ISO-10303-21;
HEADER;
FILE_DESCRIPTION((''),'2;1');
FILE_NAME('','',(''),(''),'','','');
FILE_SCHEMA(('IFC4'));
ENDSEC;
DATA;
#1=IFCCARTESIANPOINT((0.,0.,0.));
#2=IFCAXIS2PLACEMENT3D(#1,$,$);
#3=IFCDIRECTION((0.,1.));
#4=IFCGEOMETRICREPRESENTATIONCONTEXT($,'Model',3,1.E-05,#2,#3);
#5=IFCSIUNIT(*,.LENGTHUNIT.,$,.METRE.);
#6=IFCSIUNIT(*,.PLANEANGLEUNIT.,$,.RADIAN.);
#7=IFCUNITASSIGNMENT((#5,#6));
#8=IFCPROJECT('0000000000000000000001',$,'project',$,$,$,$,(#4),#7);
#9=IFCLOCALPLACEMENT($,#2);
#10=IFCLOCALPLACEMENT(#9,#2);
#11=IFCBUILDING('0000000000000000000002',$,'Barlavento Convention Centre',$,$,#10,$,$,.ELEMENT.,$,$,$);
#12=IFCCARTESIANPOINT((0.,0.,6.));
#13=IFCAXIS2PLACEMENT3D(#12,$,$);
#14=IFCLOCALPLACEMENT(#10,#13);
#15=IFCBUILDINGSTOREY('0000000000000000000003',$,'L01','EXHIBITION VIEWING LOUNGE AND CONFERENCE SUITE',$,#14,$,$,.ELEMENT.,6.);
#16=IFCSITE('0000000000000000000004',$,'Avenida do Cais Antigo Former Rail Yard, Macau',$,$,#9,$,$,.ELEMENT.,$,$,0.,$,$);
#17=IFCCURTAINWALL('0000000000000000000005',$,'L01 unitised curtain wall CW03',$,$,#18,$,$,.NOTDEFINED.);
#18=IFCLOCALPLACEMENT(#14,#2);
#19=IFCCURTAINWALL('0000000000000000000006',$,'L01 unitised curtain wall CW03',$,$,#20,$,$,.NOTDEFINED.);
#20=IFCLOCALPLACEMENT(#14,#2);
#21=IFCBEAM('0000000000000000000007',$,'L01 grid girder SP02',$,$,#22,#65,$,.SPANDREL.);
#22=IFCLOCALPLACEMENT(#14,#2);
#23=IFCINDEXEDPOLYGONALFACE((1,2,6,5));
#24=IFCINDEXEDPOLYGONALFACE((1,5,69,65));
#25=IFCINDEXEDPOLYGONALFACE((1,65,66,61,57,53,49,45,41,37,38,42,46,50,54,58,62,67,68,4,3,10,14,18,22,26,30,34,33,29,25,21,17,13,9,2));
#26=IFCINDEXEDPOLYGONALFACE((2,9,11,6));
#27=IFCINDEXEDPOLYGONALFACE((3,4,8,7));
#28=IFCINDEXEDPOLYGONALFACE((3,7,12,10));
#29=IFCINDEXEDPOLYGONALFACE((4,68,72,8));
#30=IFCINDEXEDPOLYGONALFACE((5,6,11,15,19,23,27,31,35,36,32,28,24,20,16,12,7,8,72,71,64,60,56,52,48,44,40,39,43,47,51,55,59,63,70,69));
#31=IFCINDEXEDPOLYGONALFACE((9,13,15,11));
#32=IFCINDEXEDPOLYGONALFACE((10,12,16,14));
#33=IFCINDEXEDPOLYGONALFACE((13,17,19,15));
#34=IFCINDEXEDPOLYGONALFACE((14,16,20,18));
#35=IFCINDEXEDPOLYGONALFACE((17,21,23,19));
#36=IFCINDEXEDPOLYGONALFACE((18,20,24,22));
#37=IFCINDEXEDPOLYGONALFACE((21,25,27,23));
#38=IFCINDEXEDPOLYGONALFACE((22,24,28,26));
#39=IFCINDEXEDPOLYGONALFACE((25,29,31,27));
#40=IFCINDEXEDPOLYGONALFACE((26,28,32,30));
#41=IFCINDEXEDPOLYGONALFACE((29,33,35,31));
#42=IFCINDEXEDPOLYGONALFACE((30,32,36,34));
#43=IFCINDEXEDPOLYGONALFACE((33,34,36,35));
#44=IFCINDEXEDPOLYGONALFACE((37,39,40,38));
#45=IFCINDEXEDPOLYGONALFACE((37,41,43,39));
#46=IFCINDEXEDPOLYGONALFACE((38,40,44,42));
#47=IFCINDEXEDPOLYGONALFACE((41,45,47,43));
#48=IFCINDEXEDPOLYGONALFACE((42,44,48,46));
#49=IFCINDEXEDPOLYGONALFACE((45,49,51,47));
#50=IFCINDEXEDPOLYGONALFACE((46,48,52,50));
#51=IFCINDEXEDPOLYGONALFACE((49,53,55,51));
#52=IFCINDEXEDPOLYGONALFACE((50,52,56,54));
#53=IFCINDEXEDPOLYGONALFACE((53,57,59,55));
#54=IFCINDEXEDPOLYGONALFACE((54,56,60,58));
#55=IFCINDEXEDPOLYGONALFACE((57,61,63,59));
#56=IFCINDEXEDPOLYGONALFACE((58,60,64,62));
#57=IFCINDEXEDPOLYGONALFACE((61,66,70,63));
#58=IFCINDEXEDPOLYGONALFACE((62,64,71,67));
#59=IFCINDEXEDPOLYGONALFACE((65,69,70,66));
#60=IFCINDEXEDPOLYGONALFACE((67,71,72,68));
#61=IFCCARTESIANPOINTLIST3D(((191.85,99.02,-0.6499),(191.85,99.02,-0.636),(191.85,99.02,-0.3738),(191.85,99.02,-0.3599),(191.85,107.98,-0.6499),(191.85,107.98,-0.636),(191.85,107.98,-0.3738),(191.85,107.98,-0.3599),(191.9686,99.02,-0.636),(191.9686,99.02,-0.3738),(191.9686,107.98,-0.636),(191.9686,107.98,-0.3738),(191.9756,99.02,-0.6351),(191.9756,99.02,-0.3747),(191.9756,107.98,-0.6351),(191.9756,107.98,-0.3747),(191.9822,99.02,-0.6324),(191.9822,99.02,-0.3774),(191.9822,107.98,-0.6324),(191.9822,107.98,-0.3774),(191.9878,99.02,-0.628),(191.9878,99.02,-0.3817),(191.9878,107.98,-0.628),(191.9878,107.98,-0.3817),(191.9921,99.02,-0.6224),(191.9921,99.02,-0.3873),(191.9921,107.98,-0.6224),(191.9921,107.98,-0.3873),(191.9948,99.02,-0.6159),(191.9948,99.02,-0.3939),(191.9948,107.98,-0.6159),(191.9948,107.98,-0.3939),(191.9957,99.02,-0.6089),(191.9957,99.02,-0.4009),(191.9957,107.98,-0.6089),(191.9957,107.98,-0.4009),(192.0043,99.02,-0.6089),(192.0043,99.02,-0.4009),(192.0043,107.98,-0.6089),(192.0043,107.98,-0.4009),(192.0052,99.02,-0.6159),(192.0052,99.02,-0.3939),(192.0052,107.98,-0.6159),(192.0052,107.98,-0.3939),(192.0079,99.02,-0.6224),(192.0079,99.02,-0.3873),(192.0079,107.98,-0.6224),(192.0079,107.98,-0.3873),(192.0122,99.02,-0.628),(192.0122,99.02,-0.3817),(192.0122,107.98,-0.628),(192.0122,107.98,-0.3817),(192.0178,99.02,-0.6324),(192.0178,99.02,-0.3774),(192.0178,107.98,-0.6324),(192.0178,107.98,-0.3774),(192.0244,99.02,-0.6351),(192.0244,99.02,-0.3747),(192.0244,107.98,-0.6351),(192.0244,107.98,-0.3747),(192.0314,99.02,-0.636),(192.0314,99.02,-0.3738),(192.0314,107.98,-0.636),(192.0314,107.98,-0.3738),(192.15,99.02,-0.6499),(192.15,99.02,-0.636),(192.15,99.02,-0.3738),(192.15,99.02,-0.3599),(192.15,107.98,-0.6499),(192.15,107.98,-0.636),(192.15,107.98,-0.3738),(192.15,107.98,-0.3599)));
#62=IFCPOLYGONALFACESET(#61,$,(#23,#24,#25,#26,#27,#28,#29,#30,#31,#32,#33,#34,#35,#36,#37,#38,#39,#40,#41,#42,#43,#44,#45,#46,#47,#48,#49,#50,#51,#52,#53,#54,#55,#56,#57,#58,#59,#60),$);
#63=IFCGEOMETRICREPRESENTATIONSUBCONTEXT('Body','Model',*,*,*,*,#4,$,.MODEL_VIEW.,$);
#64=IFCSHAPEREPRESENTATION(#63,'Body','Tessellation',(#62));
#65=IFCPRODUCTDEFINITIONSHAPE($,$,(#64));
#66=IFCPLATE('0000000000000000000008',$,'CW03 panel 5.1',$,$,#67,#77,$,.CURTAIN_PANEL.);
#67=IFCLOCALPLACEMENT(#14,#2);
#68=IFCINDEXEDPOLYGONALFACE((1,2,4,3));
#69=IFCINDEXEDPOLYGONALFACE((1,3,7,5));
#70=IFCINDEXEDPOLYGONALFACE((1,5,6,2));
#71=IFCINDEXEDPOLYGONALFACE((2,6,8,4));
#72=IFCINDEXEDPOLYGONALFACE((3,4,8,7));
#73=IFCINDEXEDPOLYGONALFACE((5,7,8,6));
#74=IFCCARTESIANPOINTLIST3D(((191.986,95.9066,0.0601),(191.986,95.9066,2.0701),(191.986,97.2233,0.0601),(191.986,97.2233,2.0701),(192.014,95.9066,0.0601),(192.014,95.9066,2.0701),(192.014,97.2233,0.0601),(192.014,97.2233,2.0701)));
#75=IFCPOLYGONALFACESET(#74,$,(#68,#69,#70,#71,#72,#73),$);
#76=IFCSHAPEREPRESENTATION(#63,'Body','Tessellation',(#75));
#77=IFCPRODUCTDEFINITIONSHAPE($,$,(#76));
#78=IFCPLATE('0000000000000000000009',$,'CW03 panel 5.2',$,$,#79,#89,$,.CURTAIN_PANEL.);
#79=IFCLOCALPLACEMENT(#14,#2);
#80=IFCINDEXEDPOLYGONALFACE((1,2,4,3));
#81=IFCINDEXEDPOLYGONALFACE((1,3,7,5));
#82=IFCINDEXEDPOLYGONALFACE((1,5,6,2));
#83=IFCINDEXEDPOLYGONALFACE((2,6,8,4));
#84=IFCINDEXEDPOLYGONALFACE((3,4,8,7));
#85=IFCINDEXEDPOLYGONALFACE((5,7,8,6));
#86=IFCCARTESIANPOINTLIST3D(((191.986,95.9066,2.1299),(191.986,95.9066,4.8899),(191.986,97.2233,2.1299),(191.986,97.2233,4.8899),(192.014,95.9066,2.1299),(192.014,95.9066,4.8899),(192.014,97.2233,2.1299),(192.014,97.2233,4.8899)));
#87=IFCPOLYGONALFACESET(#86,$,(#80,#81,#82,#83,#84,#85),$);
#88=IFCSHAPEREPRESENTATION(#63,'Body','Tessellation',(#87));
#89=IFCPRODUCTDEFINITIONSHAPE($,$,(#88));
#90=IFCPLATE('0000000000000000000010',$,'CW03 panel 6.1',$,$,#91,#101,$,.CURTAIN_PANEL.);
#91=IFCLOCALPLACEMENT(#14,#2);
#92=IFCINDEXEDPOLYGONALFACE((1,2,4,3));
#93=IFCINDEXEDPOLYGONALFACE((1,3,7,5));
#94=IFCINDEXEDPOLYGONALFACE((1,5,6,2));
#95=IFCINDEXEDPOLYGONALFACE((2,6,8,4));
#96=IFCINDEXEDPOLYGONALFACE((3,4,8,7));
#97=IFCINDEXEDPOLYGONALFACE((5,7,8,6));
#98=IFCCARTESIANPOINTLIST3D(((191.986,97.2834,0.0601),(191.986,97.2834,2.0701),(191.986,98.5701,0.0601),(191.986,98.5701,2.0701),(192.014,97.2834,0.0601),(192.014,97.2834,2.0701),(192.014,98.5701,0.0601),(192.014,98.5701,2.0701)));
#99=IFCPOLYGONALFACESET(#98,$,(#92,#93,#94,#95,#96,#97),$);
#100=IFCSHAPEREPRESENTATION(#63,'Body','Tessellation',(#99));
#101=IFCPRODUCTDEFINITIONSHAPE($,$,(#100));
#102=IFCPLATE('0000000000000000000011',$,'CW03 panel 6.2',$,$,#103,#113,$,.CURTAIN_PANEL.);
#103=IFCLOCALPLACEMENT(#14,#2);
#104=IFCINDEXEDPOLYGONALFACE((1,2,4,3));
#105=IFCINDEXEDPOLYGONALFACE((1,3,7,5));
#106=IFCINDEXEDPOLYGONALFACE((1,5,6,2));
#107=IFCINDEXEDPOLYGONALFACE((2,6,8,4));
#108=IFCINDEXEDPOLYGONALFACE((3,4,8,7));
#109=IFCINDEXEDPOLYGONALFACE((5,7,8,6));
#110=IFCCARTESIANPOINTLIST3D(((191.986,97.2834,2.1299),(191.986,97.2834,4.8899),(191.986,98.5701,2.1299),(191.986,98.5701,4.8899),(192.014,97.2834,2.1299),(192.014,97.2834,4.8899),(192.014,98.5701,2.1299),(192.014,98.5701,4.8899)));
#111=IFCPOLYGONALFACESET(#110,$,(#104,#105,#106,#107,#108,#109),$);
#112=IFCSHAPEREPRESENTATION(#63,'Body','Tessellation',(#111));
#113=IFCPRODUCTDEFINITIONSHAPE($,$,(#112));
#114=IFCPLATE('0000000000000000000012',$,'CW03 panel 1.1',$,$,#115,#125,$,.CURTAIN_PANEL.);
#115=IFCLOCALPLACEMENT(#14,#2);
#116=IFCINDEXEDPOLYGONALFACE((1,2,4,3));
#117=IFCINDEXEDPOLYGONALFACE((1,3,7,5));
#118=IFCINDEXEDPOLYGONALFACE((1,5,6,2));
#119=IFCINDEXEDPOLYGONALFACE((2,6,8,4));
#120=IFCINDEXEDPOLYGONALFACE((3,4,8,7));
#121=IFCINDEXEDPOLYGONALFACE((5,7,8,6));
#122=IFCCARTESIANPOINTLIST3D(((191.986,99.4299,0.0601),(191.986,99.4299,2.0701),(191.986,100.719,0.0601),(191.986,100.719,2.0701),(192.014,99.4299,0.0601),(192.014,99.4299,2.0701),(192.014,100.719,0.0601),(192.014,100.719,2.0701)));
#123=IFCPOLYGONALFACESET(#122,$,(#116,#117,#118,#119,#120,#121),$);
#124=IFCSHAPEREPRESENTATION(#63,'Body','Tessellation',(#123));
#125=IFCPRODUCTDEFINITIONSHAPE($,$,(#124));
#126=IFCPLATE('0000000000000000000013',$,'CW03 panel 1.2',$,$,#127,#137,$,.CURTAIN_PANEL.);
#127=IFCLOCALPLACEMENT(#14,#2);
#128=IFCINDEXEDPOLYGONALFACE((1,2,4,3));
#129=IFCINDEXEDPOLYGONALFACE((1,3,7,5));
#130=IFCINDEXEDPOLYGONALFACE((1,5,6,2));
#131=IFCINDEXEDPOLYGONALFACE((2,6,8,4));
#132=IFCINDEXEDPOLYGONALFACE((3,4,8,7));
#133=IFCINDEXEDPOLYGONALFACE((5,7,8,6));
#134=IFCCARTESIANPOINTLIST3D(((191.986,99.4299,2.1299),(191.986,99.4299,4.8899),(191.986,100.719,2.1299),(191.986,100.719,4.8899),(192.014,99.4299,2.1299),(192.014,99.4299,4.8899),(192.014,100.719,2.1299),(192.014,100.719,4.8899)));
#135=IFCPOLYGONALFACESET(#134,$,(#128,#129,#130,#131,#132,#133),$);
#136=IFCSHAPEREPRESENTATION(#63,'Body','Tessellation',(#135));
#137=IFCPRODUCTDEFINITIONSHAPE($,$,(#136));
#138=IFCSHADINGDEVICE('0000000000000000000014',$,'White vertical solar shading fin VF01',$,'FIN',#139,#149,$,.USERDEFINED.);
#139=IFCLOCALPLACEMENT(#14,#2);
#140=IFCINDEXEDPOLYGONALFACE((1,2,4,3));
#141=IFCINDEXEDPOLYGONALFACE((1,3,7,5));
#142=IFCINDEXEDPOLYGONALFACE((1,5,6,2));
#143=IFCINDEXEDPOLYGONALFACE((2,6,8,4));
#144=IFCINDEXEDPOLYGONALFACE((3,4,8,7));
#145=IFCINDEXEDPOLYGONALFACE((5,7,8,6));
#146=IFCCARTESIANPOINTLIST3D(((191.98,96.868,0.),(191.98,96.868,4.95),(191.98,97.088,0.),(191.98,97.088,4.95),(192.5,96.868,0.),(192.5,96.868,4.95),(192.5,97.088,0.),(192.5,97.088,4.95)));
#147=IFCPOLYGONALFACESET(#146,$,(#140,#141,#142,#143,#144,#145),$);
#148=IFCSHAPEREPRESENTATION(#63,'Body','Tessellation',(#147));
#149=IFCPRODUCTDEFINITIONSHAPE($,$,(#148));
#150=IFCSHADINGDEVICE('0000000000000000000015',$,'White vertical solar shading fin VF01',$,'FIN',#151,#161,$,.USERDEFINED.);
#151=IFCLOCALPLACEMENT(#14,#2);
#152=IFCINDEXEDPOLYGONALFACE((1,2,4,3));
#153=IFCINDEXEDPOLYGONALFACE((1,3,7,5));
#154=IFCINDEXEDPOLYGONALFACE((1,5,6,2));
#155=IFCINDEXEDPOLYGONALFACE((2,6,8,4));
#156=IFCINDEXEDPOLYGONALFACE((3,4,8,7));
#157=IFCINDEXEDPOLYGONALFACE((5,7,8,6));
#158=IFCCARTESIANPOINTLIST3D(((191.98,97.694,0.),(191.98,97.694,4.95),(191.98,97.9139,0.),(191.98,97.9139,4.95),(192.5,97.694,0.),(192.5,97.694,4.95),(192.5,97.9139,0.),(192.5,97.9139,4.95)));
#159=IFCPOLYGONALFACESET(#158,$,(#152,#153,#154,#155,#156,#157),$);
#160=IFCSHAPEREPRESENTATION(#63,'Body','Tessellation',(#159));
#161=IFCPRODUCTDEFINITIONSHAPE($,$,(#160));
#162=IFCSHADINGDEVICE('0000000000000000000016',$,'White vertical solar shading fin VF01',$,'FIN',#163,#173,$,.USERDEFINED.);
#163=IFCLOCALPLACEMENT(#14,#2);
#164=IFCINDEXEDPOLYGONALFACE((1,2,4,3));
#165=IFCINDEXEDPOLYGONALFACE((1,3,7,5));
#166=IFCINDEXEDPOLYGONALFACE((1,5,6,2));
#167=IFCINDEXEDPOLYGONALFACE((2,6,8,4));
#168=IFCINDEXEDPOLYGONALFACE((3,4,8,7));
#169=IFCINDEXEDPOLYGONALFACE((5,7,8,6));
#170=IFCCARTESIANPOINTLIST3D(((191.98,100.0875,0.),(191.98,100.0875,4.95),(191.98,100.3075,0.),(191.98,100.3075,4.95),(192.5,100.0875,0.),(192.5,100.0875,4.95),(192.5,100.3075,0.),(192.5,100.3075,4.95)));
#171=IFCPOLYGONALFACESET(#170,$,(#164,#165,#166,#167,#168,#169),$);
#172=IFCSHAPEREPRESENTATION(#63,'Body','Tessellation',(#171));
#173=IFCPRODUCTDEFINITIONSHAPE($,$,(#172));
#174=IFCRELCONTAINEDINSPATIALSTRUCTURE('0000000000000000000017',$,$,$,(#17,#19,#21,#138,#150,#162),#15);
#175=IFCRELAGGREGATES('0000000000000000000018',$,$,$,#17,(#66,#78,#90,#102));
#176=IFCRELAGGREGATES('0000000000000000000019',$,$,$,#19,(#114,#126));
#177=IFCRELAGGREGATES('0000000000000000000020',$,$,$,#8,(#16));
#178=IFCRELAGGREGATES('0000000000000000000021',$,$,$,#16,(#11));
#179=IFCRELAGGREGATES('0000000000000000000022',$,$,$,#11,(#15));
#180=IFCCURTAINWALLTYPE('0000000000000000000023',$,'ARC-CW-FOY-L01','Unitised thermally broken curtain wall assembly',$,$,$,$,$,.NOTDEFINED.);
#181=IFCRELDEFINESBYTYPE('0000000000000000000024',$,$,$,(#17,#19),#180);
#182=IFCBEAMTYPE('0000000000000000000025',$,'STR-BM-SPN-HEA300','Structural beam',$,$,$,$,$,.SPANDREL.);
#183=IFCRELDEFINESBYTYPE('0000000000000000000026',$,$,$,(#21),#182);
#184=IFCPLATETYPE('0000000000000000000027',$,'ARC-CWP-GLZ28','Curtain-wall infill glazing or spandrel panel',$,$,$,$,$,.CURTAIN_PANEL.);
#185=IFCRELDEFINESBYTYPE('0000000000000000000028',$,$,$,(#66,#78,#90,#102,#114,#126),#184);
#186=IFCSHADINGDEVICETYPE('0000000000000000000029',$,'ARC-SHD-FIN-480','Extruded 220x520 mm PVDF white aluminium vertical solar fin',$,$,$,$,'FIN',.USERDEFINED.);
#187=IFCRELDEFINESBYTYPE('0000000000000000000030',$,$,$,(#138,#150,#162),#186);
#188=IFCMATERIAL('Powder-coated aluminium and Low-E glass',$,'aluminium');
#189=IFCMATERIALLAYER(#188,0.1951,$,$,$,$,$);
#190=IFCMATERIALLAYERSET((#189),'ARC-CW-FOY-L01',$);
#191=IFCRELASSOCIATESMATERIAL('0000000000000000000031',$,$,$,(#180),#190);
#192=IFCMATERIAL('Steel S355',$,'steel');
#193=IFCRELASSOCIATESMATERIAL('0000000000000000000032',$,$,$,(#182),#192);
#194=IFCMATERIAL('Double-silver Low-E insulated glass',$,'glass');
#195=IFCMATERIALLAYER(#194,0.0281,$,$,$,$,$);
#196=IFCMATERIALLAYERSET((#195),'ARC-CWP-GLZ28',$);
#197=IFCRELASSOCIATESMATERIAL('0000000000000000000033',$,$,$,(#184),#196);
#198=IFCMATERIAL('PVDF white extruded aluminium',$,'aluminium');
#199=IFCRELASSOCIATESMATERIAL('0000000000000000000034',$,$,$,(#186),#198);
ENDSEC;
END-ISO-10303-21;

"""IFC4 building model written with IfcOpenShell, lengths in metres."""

from ifc_helpers import new_model, si_unit, direction, frame, origin, origin_2d, place, context, subcontext, project, spatial, rectangle, i_section, extrude, material, layer, layer_set, material_profile, profile_set, type_object, element, aggregate, save


model = new_model("IFC4")

# Units and contexts
model_context = context("Model", 3, precision=1e-05, world=origin(), true_north=direction((0.0, 1.0)))
body_context = subcontext(model_context, "Body", "Model", "MODEL_VIEW")
ifc_project = project(units=[si_unit("LENGTHUNIT", "METRE"), si_unit("PLANEANGLEUNIT", "RADIAN")], contexts=[model_context])

# Site, building, storey
site_placement = place(None, origin())
site = spatial("IfcSite", under=ifc_project, at=site_placement, Name="Avenida do Cais Antigo Former Rail Yard, Macau", CompositionType="ELEMENT", RefElevation=0.0)
building_placement = place(site_placement, origin())
building = spatial("IfcBuilding", under=site, at=building_placement, Name="Barlavento Convention Centre", CompositionType="ELEMENT")
storey_placement = place(building_placement, frame((0.0, 0.0, 6.0)))
storey = spatial("IfcBuildingStorey", under=building, at=storey_placement, Name="L01", Description="EXHIBITION VIEWING LOUNGE AND CONFERENCE SUITE", CompositionType="ELEMENT", Elevation=6.0)

# Curtain walls
ifc_material_1 = material(Name="Powder-coated aluminium and Low-E glass", Category="aluminium")
ifc_layer_1 = layer(ifc_material_1, 0.1951)
ifc_layer_set_1 = layer_set([ifc_layer_1], Name="ARC-CW-FOY-L01")
curtain_wall_type = type_object("IfcCurtainWallType", Name="ARC-CW-FOY-L01", Description="Unitised thermally broken curtain wall assembly", PredefinedType="NOTDEFINED", material=ifc_layer_set_1)
curtain_wall_1_placement = place(storey_placement, origin())
curtain_wall_1 = element("IfcCurtainWall", 1, at=curtain_wall_1_placement, inside=storey, type_object=curtain_wall_type, Name="L01 unitised curtain wall CW03", PredefinedType="NOTDEFINED")
curtain_wall_2_placement = place(storey_placement, origin())
curtain_wall_2 = element("IfcCurtainWall", 2, at=curtain_wall_2_placement, inside=storey, type_object=curtain_wall_type, Name="L01 unitised curtain wall CW03", PredefinedType="NOTDEFINED")

# Beam
ifc_material_2 = material(Name="Steel S355", Category="steel")
ifc_material_profile_1 = material_profile(ifc_material_2, i_section(OverallWidth=0.3, OverallDepth=0.29, WebThickness=0.0085, FlangeThickness=0.0139, FilletRadius=0.0271, at=origin_2d()), Name="HEA 300")
ifc_profile_set_1 = profile_set([ifc_material_profile_1], Name="Steel S355")
beam_type = type_object("IfcBeamType", Name="STR-BM-SPN-HEA300", Description="Structural beam", PredefinedType="SPANDREL", material=ifc_profile_set_1)
beam_placement = place(storey_placement, frame((192.0, 99.02, -0.5049), z_axis=(0.0, 1.0, 0.0), x_axis=(-1.0, 0.0, 0.0)))
element("IfcBeam", 3, at=beam_placement, inside=storey, type_object=beam_type, Name="L01 grid girder SP02", PredefinedType="SPANDREL", context=body_context, shape_type="SweptSolid", body=[
    extrude(i_section(OverallWidth=0.3, OverallDepth=0.29, WebThickness=0.0085, FlangeThickness=0.0139, FilletRadius=0.0271, at=origin_2d()), origin(), (0.0, 0.0, 1.0), 8.96),
])

# Plates
ifc_material_3 = material(Name="Double-silver Low-E insulated glass", Category="glass")
ifc_layer_2 = layer(ifc_material_3, 0.0281)
ifc_layer_set_2 = layer_set([ifc_layer_2], Name="ARC-CWP-GLZ28")
plate_type = type_object("IfcPlateType", Name="ARC-CWP-GLZ28", Description="Curtain-wall infill glazing or spandrel panel", PredefinedType="CURTAIN_PANEL", material=ifc_layer_set_2)
plate_1_placement = place(storey_placement, frame((192.0, 96.5649, 0.0601), z_axis=(0.0, 0.0, 1.0), x_axis=(0.0, 1.0, 0.0)))
plate_1 = element("IfcPlate", 4, at=plate_1_placement, type_object=plate_type, Name="CW03 panel 5.1", PredefinedType="CURTAIN_PANEL", context=body_context, shape_type="SweptSolid", body=[
    extrude(rectangle(XDim=1.3167, YDim=0.0281, at=origin_2d()), origin(), (0.0, 0.0, 1.0), 2.01),
])
plate_2_placement = place(storey_placement, frame((192.0, 96.5649, 2.1299), z_axis=(0.0, 0.0, 1.0), x_axis=(0.0, 1.0, 0.0)))
plate_2 = element("IfcPlate", 5, at=plate_2_placement, type_object=plate_type, Name="CW03 panel 5.2", PredefinedType="CURTAIN_PANEL", context=body_context, shape_type="SweptSolid", body=[
    extrude(rectangle(XDim=1.3167, YDim=0.0281, at=origin_2d()), origin(), (0.0, 0.0, 1.0), 2.76),
])
plate_3_placement = place(storey_placement, frame((192.0, 97.9268, 0.0601), z_axis=(0.0, 0.0, 1.0), x_axis=(0.0, 1.0, 0.0)))
plate_3 = element("IfcPlate", 6, at=plate_3_placement, type_object=plate_type, Name="CW03 panel 6.1", PredefinedType="CURTAIN_PANEL", context=body_context, shape_type="SweptSolid", body=[
    extrude(rectangle(XDim=1.2866, YDim=0.0281, at=origin_2d()), origin(), (0.0, 0.0, 1.0), 2.01),
])
plate_4_placement = place(storey_placement, frame((192.0, 97.9268, 2.1299), z_axis=(0.0, 0.0, 1.0), x_axis=(0.0, 1.0, 0.0)))
plate_4 = element("IfcPlate", 7, at=plate_4_placement, type_object=plate_type, Name="CW03 panel 6.2", PredefinedType="CURTAIN_PANEL", context=body_context, shape_type="SweptSolid", body=[
    extrude(rectangle(XDim=1.2866, YDim=0.0281, at=origin_2d()), origin(), (0.0, 0.0, 1.0), 2.76),
])
aggregate(curtain_wall_1, [plate_1, plate_2, plate_3, plate_4])
plate_5_placement = place(storey_placement, frame((192.0, 100.0745, 0.0601), z_axis=(0.0, 0.0, 1.0), x_axis=(0.0, 1.0, 0.0)))
plate_5 = element("IfcPlate", 8, at=plate_5_placement, type_object=plate_type, Name="CW03 panel 1.1", PredefinedType="CURTAIN_PANEL", context=body_context, shape_type="SweptSolid", body=[
    extrude(rectangle(XDim=1.2891, YDim=0.0281, at=origin_2d()), origin(), (0.0, 0.0, 1.0), 2.01),
])
plate_6_placement = place(storey_placement, frame((192.0, 100.0745, 2.1299), z_axis=(0.0, 0.0, 1.0), x_axis=(0.0, 1.0, 0.0)))
plate_6 = element("IfcPlate", 9, at=plate_6_placement, type_object=plate_type, Name="CW03 panel 1.2", PredefinedType="CURTAIN_PANEL", context=body_context, shape_type="SweptSolid", body=[
    extrude(rectangle(XDim=1.2891, YDim=0.0281, at=origin_2d()), origin(), (0.0, 0.0, 1.0), 2.76),
])
aggregate(curtain_wall_2, [plate_5, plate_6])

# Shading devices
ifc_material_4 = material(Name="PVDF white extruded aluminium", Category="aluminium")
shading_device_type = type_object("IfcShadingDeviceType", Name="ARC-SHD-FIN-480", Description="Extruded 220x520 mm PVDF white aluminium vertical solar fin", ElementType="FIN", PredefinedType="USERDEFINED", material=ifc_material_4)
for number, where, z_axis, x_axis, name in (
    (10, (192.24, 96.978, 0.0), (0.0, 0.0, 1.0), (0.0, 1.0, 0.0), "White vertical solar shading fin VF01"),
    (11, (192.24, 97.804, 0.0), (0.0, 0.0, 1.0), (0.0, 1.0, 0.0), "White vertical solar shading fin VF01"),
    (12, (192.24, 100.1975, 0.0), (0.0, 0.0, 1.0), (0.0, 1.0, 0.0), "White vertical solar shading fin VF01"),
):
    element("IfcShadingDevice", number, at=place(storey_placement, frame(where, z_axis=z_axis, x_axis=x_axis)), inside=storey, type_object=shading_device_type, Name=name, ObjectType="FIN", PredefinedType="USERDEFINED", context=body_context, shape_type="SweptSolid", body=[
        extrude(rectangle(XDim=0.22, YDim=0.52, at=origin_2d()), origin(), (0.0, 0.0, 1.0), 4.95),
    ])

save(model, "model.ifc")
